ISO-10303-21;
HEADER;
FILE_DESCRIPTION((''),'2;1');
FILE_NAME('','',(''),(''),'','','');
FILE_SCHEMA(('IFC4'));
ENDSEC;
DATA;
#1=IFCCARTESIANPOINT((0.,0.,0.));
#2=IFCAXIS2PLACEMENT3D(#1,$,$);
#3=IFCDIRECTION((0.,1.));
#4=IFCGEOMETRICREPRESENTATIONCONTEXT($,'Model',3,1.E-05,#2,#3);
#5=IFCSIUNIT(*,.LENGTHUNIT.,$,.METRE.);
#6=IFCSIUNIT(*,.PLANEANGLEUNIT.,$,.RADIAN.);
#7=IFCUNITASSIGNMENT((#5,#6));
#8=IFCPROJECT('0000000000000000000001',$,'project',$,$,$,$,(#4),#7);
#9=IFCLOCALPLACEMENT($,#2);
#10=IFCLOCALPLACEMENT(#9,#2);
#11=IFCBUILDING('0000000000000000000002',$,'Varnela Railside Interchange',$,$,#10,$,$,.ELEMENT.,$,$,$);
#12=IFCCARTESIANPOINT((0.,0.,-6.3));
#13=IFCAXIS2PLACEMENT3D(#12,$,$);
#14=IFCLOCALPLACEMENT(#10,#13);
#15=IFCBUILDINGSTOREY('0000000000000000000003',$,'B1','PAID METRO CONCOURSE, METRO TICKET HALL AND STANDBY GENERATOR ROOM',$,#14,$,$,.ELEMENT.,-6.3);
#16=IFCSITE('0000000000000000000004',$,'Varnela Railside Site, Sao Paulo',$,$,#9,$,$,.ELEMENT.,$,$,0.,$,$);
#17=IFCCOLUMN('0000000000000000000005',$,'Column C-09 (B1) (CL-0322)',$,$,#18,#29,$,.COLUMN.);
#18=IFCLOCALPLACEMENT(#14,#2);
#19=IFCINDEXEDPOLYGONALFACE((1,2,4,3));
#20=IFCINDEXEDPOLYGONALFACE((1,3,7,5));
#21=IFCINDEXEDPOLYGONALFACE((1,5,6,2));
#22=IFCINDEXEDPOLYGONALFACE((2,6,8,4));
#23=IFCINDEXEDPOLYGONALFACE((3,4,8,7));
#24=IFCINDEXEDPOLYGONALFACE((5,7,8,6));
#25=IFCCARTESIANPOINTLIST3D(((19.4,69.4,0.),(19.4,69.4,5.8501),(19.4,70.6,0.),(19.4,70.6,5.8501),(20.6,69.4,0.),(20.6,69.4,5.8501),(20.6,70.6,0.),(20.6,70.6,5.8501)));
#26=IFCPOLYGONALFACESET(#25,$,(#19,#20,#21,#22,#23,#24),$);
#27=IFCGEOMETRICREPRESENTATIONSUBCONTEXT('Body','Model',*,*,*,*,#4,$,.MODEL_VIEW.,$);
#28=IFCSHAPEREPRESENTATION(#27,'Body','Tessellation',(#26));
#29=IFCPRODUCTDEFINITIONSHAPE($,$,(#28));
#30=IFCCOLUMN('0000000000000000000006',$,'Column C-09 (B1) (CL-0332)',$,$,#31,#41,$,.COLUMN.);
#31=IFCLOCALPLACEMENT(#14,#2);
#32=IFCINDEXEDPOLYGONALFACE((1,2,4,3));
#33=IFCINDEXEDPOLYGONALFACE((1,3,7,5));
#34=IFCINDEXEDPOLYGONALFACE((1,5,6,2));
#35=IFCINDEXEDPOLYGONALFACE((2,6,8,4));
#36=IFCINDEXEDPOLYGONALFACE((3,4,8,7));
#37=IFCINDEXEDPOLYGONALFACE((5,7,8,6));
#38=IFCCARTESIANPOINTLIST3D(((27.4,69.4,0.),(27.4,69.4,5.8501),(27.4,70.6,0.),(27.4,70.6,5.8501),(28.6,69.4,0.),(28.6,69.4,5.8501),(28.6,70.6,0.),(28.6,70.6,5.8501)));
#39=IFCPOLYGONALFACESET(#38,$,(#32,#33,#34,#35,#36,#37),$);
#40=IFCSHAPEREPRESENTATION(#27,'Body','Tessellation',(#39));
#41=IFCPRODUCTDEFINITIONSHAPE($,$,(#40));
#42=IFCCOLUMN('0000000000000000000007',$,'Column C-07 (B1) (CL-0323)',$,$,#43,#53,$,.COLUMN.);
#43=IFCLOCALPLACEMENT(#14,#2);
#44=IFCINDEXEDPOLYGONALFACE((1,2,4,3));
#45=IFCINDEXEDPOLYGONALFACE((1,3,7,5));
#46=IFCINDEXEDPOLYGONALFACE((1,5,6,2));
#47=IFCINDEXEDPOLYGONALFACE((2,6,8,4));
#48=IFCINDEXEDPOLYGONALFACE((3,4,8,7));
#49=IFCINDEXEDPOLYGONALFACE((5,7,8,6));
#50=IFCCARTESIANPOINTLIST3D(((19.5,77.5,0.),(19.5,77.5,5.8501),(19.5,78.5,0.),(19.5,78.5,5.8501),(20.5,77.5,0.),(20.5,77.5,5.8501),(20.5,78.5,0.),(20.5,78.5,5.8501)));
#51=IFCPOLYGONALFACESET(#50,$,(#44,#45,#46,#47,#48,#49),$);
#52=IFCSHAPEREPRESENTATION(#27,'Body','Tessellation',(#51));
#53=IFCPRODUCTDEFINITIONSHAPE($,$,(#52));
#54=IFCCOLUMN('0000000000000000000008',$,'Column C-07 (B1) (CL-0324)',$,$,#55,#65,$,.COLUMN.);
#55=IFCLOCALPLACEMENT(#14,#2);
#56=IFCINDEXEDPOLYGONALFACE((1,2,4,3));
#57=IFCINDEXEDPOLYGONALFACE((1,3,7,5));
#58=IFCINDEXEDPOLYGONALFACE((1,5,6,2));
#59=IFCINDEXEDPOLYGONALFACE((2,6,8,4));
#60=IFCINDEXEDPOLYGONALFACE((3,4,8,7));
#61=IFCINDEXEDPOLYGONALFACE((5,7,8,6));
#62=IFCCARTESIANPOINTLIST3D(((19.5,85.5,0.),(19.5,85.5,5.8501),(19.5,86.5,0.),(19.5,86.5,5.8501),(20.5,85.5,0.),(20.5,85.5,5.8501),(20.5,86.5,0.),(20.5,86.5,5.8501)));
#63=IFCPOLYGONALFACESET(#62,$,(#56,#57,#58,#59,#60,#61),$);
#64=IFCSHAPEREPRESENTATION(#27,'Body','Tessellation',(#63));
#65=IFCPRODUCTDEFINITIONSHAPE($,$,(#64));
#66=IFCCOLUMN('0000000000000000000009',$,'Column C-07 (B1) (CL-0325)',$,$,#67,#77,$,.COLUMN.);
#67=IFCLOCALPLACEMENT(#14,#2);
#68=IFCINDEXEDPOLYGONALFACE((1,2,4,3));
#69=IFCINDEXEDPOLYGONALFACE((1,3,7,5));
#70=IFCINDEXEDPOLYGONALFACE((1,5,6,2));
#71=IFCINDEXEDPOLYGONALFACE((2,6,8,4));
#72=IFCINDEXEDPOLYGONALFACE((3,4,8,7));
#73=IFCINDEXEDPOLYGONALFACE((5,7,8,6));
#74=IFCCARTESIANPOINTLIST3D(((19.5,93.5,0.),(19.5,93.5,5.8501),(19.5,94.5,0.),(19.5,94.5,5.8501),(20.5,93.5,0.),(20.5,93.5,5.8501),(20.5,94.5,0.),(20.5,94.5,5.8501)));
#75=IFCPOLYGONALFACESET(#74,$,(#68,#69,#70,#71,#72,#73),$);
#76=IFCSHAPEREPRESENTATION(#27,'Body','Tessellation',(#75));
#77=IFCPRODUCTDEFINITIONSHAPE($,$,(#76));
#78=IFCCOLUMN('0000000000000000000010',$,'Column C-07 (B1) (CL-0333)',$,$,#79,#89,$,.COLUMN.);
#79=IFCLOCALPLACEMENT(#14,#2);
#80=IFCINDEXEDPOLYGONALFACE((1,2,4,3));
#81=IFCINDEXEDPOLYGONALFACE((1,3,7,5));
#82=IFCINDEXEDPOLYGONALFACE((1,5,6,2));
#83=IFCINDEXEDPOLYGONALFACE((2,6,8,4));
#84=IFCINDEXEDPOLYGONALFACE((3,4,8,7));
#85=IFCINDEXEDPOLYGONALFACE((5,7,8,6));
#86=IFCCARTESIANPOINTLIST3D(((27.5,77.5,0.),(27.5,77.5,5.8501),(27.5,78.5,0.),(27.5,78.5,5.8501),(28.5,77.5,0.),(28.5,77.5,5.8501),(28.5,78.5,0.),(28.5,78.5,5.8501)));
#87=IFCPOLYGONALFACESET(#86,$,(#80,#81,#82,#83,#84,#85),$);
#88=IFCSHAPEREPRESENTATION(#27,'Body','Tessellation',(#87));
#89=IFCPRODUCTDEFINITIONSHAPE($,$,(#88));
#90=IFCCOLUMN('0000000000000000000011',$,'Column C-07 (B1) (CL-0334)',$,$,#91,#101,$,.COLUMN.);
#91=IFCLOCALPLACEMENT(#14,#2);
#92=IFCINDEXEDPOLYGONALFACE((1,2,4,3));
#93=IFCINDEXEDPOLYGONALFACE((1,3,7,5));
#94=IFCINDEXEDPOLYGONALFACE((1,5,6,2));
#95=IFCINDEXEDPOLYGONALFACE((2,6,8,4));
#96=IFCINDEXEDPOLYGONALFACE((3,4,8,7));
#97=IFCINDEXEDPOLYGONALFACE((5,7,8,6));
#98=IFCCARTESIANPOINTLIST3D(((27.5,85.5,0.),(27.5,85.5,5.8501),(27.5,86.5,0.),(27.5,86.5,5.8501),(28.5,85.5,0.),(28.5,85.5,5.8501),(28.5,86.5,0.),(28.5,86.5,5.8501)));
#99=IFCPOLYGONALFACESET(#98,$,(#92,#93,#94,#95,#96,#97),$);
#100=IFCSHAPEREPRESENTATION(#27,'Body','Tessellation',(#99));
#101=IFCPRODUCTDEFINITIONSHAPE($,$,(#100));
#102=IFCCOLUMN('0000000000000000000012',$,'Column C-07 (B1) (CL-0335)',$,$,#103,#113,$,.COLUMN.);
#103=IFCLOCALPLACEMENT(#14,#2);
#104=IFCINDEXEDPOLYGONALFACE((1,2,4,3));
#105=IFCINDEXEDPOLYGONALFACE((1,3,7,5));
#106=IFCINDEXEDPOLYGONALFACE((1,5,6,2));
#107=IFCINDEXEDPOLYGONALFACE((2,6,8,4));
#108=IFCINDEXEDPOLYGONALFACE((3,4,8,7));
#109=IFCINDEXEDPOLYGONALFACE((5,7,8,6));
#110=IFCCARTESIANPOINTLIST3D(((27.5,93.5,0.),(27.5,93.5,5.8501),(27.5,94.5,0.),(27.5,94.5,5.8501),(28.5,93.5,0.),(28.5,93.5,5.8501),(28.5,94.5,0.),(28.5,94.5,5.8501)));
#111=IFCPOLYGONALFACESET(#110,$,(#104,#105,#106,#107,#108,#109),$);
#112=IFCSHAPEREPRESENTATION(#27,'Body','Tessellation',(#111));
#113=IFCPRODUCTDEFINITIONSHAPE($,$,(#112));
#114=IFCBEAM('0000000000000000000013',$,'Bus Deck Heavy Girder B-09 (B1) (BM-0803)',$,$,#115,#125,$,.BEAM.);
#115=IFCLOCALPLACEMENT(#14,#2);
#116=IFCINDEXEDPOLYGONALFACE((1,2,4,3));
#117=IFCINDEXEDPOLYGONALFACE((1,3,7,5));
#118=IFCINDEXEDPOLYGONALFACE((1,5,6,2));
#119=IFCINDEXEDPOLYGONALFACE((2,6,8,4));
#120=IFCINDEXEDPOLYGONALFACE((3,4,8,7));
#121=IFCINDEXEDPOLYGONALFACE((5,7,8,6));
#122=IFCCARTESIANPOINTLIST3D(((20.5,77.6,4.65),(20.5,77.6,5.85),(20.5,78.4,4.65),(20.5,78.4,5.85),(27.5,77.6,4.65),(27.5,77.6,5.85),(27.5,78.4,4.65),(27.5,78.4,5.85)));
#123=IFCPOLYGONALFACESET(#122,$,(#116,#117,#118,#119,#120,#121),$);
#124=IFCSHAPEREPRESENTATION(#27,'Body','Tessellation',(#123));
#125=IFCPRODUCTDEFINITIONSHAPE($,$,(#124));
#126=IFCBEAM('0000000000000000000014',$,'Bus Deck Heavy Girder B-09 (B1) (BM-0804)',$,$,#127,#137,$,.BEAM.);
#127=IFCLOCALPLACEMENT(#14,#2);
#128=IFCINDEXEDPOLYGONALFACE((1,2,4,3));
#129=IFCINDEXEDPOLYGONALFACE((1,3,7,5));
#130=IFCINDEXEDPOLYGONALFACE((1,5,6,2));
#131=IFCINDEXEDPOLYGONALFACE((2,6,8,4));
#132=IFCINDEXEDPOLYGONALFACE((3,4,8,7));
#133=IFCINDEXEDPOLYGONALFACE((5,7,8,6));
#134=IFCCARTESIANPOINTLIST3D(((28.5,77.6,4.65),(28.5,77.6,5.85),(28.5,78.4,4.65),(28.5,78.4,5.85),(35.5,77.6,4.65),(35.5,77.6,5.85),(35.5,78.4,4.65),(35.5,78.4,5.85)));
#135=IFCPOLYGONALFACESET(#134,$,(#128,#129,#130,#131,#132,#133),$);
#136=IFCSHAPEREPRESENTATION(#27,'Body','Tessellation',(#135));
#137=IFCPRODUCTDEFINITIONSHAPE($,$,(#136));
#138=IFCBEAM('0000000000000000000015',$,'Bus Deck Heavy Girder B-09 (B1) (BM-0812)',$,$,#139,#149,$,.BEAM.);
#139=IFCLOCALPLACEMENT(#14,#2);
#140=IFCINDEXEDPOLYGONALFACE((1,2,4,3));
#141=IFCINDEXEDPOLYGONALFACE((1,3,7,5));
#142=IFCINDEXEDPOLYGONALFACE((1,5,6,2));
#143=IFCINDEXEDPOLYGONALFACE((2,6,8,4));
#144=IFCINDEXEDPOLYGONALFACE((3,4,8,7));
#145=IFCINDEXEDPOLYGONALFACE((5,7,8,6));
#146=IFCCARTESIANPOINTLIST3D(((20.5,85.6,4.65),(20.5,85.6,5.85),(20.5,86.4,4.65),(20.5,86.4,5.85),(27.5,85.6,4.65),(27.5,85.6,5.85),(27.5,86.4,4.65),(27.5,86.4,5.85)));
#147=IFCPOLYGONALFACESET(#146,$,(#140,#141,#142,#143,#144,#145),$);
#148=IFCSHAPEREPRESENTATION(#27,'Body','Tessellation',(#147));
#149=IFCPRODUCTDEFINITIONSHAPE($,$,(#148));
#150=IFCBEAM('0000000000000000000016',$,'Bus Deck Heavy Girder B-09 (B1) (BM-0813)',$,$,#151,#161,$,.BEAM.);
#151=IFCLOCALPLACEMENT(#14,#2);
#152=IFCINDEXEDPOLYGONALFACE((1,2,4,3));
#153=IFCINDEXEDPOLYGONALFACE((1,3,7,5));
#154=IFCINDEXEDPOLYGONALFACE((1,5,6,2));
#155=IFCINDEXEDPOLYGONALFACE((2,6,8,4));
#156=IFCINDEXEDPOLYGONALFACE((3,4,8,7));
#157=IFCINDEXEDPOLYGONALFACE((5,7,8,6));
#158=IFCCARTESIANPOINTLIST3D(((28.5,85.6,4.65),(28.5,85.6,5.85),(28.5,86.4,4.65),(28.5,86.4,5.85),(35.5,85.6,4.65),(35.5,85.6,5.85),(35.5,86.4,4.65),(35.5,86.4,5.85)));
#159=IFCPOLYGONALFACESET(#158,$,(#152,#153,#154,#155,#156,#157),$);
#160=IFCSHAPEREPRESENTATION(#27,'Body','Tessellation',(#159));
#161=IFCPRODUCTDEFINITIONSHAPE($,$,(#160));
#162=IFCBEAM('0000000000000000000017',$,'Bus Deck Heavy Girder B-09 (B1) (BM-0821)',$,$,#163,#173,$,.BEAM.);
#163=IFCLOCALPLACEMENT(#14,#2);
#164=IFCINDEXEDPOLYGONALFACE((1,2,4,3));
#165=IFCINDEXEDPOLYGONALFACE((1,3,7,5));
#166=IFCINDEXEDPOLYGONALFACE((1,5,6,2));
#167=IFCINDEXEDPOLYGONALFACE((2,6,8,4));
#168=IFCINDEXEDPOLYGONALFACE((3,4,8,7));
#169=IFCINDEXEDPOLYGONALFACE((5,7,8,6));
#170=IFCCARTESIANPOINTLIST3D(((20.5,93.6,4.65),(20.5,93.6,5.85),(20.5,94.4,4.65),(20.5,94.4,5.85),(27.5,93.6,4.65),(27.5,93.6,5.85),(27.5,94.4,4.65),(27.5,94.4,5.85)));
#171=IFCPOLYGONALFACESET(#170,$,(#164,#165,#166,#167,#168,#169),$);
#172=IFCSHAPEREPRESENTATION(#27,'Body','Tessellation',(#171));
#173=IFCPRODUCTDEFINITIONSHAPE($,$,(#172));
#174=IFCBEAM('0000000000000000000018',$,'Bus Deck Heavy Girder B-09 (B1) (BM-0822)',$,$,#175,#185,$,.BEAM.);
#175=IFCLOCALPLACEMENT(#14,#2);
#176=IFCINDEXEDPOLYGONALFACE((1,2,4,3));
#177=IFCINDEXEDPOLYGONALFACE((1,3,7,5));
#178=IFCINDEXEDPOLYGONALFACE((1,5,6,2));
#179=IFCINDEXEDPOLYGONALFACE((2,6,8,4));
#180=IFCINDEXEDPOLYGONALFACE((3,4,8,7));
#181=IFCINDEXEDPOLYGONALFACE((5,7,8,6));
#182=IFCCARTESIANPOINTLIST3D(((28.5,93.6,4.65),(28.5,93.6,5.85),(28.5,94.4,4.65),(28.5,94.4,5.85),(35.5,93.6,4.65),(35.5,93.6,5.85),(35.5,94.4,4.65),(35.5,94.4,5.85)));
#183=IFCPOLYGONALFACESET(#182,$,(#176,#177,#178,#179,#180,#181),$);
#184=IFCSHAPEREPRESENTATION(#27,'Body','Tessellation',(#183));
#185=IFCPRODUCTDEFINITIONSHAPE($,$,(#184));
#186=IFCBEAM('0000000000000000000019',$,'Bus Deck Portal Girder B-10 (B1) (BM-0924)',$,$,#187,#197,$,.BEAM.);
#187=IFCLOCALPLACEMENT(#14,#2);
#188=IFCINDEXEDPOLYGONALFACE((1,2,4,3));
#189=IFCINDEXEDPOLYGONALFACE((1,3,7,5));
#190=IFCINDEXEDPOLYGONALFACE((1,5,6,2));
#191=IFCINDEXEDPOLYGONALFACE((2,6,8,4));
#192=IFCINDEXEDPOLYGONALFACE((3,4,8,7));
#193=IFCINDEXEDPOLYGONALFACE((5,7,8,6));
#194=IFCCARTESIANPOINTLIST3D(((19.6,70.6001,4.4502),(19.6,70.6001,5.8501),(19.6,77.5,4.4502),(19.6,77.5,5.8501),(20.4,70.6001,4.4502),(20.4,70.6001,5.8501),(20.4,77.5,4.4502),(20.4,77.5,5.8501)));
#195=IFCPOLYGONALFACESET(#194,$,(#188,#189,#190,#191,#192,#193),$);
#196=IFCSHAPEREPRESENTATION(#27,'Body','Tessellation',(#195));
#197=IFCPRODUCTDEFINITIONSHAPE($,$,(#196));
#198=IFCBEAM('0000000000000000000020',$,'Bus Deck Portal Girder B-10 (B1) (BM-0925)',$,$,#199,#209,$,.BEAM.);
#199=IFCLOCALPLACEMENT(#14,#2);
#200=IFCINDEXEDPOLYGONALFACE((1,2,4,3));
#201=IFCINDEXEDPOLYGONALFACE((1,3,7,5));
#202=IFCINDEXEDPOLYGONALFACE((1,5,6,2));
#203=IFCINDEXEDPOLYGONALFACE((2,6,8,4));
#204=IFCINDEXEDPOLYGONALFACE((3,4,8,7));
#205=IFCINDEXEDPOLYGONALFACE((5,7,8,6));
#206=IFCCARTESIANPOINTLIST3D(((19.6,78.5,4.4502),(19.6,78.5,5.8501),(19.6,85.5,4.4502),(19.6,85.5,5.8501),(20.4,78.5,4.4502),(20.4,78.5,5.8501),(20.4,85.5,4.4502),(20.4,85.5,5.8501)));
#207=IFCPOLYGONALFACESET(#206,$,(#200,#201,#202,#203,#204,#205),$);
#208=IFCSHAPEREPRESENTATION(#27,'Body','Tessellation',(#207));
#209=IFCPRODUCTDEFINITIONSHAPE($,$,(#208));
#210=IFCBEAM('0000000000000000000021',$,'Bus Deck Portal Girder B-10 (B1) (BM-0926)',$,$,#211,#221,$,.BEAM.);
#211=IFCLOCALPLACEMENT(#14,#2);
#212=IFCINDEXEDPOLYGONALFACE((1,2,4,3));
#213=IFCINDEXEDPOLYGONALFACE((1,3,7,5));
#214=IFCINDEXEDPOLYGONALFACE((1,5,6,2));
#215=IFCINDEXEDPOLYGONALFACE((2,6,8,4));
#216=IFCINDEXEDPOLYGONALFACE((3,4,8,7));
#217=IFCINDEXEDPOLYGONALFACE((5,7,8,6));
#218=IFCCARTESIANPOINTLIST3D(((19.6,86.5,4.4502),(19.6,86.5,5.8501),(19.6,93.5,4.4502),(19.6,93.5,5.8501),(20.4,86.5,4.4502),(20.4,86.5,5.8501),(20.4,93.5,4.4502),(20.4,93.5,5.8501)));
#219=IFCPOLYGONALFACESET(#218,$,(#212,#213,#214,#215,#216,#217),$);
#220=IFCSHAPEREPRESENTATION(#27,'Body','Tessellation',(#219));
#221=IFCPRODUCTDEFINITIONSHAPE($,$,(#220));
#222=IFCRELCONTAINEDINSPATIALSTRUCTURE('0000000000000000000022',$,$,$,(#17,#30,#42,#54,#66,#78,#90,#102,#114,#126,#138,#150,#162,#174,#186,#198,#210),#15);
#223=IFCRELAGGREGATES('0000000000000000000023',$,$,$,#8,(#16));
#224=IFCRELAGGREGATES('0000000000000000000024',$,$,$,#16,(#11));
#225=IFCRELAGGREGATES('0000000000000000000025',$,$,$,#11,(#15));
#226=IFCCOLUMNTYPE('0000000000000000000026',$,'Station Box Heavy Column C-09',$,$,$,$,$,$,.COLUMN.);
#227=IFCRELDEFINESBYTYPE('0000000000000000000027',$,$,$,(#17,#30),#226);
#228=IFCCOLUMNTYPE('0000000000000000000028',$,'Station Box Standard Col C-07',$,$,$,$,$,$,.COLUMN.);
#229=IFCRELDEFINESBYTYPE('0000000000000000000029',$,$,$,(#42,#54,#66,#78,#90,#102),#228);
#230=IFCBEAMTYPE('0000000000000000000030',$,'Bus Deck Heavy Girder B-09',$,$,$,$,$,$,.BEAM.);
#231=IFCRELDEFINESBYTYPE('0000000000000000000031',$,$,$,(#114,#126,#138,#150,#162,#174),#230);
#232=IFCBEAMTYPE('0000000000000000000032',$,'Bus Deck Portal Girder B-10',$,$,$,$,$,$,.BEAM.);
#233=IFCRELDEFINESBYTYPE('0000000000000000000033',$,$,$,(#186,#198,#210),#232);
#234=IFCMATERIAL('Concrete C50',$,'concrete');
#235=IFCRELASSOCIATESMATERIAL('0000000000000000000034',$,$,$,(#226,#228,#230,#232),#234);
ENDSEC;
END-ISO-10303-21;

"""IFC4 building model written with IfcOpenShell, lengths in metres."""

from ifc_helpers import new_model, si_unit, direction, frame, origin, origin_2d, place, context, subcontext, project, spatial, rectangle, extrude, material, material_profile, profile_set, type_object, element, save


model = new_model("IFC4")

# Units and contexts
model_context = context("Model", 3, precision=1e-05, world=origin(), true_north=direction((0.0, 1.0)))
body_context = subcontext(model_context, "Body", "Model", "MODEL_VIEW")
ifc_project = project(units=[si_unit("LENGTHUNIT", "METRE"), si_unit("PLANEANGLEUNIT", "RADIAN")], contexts=[model_context])

# Site, building, storey
site_placement = place(None, origin())
site = spatial("IfcSite", under=ifc_project, at=site_placement, Name="Varnela Railside Site, Sao Paulo", CompositionType="ELEMENT", RefElevation=0.0)
building_placement = place(site_placement, origin())
building = spatial("IfcBuilding", under=site, at=building_placement, Name="Varnela Railside Interchange", CompositionType="ELEMENT")
storey_placement = place(building_placement, frame((0.0, 0.0, -6.3)))
storey = spatial("IfcBuildingStorey", under=building, at=storey_placement, Name="B1", Description="PAID METRO CONCOURSE, METRO TICKET HALL AND STANDBY GENERATOR ROOM", CompositionType="ELEMENT", Elevation=-6.3)

# Columns
ifc_material_1 = material(Name="Concrete C50", Category="concrete")
ifc_material_profile_1 = material_profile(ifc_material_1, rectangle(XDim=1.2, YDim=1.2, at=origin_2d()), Name="RC 1200x1200")
ifc_profile_set_1 = profile_set([ifc_material_profile_1], Name="Concrete C50")
column_type_1 = type_object("IfcColumnType", Name="Station Box Heavy Column C-09", PredefinedType="COLUMN", material=ifc_profile_set_1)
for number, where, z_axis, x_axis, name in (
    (1, (20.0, 70.0, 0.0), (0.0, 0.0, 1.0), (1.0, 0.0, 0.0), "Column C-09 (B1) (CL-0322)"),
    (2, (28.0, 70.0, 0.0), (0.0, 0.0, 1.0), (1.0, 0.0, 0.0), "Column C-09 (B1) (CL-0332)"),
):
    element("IfcColumn", number, at=place(storey_placement, frame(where, z_axis=z_axis, x_axis=x_axis)), inside=storey, type_object=column_type_1, Name=name, PredefinedType="COLUMN", context=body_context, shape_type="SweptSolid", body=[
        extrude(rectangle(XDim=1.2, YDim=1.2, at=origin_2d()), origin(), (0.0, 0.0, 1.0), 5.8501),
    ])
ifc_material_profile_2 = material_profile(ifc_material_1, rectangle(XDim=1.0, YDim=1.0, at=origin_2d()), Name="RC 1000x1000")
ifc_profile_set_2 = profile_set([ifc_material_profile_2], Name="Concrete C50")
column_type_2 = type_object("IfcColumnType", Name="Station Box Standard Col C-07", PredefinedType="COLUMN", material=ifc_profile_set_2)
for number, where, z_axis, x_axis, name in (
    (3, (20.0, 78.0, 0.0), (0.0, 0.0, 1.0), (1.0, 0.0, 0.0), "Column C-07 (B1) (CL-0323)"),
    (4, (20.0, 86.0, 0.0), (0.0, 0.0, 1.0), (1.0, 0.0, 0.0), "Column C-07 (B1) (CL-0324)"),
    (5, (20.0, 94.0, 0.0), (0.0, 0.0, 1.0), (1.0, 0.0, 0.0), "Column C-07 (B1) (CL-0325)"),
    (6, (28.0, 78.0, 0.0), (0.0, 0.0, 1.0), (1.0, 0.0, 0.0), "Column C-07 (B1) (CL-0333)"),
    (7, (28.0, 86.0, 0.0), (0.0, 0.0, 1.0), (1.0, 0.0, 0.0), "Column C-07 (B1) (CL-0334)"),
    (8, (28.0, 94.0, 0.0), (0.0, 0.0, 1.0), (1.0, 0.0, 0.0), "Column C-07 (B1) (CL-0335)"),
):
    element("IfcColumn", number, at=place(storey_placement, frame(where, z_axis=z_axis, x_axis=x_axis)), inside=storey, type_object=column_type_2, Name=name, PredefinedType="COLUMN", context=body_context, shape_type="SweptSolid", body=[
        extrude(rectangle(XDim=1.0, YDim=1.0, at=origin_2d()), origin(), (0.0, 0.0, 1.0), 5.8501),
    ])

# Beams
ifc_material_profile_3 = material_profile(ifc_material_1, rectangle(XDim=0.8, YDim=1.2, at=origin_2d()), Name="RC 800x1200")
ifc_profile_set_3 = profile_set([ifc_material_profile_3], Name="Concrete C50")
beam_type_1 = type_object("IfcBeamType", Name="Bus Deck Heavy Girder B-09", PredefinedType="BEAM", material=ifc_profile_set_3)
for number, where, z_axis, x_axis, name in (
    (9, (20.5, 78.0, 5.25), (1.0, 0.0, 0.0), (0.0, 1.0, 0.0), "Bus Deck Heavy Girder B-09 (B1) (BM-0803)"),
    (10, (28.5, 78.0, 5.25), (1.0, 0.0, 0.0), (0.0, 1.0, 0.0), "Bus Deck Heavy Girder B-09 (B1) (BM-0804)"),
    (11, (20.5, 86.0, 5.25), (1.0, 0.0, 0.0), (0.0, 1.0, 0.0), "Bus Deck Heavy Girder B-09 (B1) (BM-0812)"),
    (12, (28.5, 86.0, 5.25), (1.0, 0.0, 0.0), (0.0, 1.0, 0.0), "Bus Deck Heavy Girder B-09 (B1) (BM-0813)"),
    (13, (20.5, 94.0, 5.25), (1.0, 0.0, 0.0), (0.0, 1.0, 0.0), "Bus Deck Heavy Girder B-09 (B1) (BM-0821)"),
    (14, (28.5, 94.0, 5.25), (1.0, 0.0, 0.0), (0.0, 1.0, 0.0), "Bus Deck Heavy Girder B-09 (B1) (BM-0822)"),
):
    element("IfcBeam", number, at=place(storey_placement, frame(where, z_axis=z_axis, x_axis=x_axis)), inside=storey, type_object=beam_type_1, Name=name, PredefinedType="BEAM", context=body_context, shape_type="SweptSolid", body=[
        extrude(rectangle(XDim=0.8, YDim=1.2, at=origin_2d()), origin(), (0.0, 0.0, 1.0), 7.0),
    ])
ifc_material_profile_4 = material_profile(ifc_material_1, rectangle(XDim=0.8, YDim=1.3999, at=origin_2d()), Name="RC 800x1400")
ifc_profile_set_4 = profile_set([ifc_material_profile_4], Name="Concrete C50")
beam_type_2 = type_object("IfcBeamType", Name="Bus Deck Portal Girder B-10", PredefinedType="BEAM", material=ifc_profile_set_4)
beam_1_placement = place(storey_placement, frame((20.0, 70.6001, 5.1501), z_axis=(0.0, 1.0, 0.0), x_axis=(-1.0, 0.0, 0.0)))
element("IfcBeam", 15, at=beam_1_placement, inside=storey, type_object=beam_type_2, Name="Bus Deck Portal Girder B-10 (B1) (BM-0924)", PredefinedType="BEAM", context=body_context, shape_type="SweptSolid", body=[
    extrude(rectangle(XDim=0.8, YDim=1.3999, at=origin_2d()), origin(), (0.0, 0.0, 1.0), 6.8999),
])
for number, where, z_axis, x_axis, name in (
    (16, (20.0, 78.5, 5.1501), (0.0, 1.0, 0.0), (-1.0, 0.0, 0.0), "Bus Deck Portal Girder B-10 (B1) (BM-0925)"),
    (17, (20.0, 86.5, 5.1501), (0.0, 1.0, 0.0), (-1.0, 0.0, 0.0), "Bus Deck Portal Girder B-10 (B1) (BM-0926)"),
):
    element("IfcBeam", number, at=place(storey_placement, frame(where, z_axis=z_axis, x_axis=x_axis)), inside=storey, type_object=beam_type_2, Name=name, PredefinedType="BEAM", context=body_context, shape_type="SweptSolid", body=[
        extrude(rectangle(XDim=0.8, YDim=1.3999, at=origin_2d()), origin(), (0.0, 0.0, 1.0), 7.0),
    ])

save(model, "model.ifc")
